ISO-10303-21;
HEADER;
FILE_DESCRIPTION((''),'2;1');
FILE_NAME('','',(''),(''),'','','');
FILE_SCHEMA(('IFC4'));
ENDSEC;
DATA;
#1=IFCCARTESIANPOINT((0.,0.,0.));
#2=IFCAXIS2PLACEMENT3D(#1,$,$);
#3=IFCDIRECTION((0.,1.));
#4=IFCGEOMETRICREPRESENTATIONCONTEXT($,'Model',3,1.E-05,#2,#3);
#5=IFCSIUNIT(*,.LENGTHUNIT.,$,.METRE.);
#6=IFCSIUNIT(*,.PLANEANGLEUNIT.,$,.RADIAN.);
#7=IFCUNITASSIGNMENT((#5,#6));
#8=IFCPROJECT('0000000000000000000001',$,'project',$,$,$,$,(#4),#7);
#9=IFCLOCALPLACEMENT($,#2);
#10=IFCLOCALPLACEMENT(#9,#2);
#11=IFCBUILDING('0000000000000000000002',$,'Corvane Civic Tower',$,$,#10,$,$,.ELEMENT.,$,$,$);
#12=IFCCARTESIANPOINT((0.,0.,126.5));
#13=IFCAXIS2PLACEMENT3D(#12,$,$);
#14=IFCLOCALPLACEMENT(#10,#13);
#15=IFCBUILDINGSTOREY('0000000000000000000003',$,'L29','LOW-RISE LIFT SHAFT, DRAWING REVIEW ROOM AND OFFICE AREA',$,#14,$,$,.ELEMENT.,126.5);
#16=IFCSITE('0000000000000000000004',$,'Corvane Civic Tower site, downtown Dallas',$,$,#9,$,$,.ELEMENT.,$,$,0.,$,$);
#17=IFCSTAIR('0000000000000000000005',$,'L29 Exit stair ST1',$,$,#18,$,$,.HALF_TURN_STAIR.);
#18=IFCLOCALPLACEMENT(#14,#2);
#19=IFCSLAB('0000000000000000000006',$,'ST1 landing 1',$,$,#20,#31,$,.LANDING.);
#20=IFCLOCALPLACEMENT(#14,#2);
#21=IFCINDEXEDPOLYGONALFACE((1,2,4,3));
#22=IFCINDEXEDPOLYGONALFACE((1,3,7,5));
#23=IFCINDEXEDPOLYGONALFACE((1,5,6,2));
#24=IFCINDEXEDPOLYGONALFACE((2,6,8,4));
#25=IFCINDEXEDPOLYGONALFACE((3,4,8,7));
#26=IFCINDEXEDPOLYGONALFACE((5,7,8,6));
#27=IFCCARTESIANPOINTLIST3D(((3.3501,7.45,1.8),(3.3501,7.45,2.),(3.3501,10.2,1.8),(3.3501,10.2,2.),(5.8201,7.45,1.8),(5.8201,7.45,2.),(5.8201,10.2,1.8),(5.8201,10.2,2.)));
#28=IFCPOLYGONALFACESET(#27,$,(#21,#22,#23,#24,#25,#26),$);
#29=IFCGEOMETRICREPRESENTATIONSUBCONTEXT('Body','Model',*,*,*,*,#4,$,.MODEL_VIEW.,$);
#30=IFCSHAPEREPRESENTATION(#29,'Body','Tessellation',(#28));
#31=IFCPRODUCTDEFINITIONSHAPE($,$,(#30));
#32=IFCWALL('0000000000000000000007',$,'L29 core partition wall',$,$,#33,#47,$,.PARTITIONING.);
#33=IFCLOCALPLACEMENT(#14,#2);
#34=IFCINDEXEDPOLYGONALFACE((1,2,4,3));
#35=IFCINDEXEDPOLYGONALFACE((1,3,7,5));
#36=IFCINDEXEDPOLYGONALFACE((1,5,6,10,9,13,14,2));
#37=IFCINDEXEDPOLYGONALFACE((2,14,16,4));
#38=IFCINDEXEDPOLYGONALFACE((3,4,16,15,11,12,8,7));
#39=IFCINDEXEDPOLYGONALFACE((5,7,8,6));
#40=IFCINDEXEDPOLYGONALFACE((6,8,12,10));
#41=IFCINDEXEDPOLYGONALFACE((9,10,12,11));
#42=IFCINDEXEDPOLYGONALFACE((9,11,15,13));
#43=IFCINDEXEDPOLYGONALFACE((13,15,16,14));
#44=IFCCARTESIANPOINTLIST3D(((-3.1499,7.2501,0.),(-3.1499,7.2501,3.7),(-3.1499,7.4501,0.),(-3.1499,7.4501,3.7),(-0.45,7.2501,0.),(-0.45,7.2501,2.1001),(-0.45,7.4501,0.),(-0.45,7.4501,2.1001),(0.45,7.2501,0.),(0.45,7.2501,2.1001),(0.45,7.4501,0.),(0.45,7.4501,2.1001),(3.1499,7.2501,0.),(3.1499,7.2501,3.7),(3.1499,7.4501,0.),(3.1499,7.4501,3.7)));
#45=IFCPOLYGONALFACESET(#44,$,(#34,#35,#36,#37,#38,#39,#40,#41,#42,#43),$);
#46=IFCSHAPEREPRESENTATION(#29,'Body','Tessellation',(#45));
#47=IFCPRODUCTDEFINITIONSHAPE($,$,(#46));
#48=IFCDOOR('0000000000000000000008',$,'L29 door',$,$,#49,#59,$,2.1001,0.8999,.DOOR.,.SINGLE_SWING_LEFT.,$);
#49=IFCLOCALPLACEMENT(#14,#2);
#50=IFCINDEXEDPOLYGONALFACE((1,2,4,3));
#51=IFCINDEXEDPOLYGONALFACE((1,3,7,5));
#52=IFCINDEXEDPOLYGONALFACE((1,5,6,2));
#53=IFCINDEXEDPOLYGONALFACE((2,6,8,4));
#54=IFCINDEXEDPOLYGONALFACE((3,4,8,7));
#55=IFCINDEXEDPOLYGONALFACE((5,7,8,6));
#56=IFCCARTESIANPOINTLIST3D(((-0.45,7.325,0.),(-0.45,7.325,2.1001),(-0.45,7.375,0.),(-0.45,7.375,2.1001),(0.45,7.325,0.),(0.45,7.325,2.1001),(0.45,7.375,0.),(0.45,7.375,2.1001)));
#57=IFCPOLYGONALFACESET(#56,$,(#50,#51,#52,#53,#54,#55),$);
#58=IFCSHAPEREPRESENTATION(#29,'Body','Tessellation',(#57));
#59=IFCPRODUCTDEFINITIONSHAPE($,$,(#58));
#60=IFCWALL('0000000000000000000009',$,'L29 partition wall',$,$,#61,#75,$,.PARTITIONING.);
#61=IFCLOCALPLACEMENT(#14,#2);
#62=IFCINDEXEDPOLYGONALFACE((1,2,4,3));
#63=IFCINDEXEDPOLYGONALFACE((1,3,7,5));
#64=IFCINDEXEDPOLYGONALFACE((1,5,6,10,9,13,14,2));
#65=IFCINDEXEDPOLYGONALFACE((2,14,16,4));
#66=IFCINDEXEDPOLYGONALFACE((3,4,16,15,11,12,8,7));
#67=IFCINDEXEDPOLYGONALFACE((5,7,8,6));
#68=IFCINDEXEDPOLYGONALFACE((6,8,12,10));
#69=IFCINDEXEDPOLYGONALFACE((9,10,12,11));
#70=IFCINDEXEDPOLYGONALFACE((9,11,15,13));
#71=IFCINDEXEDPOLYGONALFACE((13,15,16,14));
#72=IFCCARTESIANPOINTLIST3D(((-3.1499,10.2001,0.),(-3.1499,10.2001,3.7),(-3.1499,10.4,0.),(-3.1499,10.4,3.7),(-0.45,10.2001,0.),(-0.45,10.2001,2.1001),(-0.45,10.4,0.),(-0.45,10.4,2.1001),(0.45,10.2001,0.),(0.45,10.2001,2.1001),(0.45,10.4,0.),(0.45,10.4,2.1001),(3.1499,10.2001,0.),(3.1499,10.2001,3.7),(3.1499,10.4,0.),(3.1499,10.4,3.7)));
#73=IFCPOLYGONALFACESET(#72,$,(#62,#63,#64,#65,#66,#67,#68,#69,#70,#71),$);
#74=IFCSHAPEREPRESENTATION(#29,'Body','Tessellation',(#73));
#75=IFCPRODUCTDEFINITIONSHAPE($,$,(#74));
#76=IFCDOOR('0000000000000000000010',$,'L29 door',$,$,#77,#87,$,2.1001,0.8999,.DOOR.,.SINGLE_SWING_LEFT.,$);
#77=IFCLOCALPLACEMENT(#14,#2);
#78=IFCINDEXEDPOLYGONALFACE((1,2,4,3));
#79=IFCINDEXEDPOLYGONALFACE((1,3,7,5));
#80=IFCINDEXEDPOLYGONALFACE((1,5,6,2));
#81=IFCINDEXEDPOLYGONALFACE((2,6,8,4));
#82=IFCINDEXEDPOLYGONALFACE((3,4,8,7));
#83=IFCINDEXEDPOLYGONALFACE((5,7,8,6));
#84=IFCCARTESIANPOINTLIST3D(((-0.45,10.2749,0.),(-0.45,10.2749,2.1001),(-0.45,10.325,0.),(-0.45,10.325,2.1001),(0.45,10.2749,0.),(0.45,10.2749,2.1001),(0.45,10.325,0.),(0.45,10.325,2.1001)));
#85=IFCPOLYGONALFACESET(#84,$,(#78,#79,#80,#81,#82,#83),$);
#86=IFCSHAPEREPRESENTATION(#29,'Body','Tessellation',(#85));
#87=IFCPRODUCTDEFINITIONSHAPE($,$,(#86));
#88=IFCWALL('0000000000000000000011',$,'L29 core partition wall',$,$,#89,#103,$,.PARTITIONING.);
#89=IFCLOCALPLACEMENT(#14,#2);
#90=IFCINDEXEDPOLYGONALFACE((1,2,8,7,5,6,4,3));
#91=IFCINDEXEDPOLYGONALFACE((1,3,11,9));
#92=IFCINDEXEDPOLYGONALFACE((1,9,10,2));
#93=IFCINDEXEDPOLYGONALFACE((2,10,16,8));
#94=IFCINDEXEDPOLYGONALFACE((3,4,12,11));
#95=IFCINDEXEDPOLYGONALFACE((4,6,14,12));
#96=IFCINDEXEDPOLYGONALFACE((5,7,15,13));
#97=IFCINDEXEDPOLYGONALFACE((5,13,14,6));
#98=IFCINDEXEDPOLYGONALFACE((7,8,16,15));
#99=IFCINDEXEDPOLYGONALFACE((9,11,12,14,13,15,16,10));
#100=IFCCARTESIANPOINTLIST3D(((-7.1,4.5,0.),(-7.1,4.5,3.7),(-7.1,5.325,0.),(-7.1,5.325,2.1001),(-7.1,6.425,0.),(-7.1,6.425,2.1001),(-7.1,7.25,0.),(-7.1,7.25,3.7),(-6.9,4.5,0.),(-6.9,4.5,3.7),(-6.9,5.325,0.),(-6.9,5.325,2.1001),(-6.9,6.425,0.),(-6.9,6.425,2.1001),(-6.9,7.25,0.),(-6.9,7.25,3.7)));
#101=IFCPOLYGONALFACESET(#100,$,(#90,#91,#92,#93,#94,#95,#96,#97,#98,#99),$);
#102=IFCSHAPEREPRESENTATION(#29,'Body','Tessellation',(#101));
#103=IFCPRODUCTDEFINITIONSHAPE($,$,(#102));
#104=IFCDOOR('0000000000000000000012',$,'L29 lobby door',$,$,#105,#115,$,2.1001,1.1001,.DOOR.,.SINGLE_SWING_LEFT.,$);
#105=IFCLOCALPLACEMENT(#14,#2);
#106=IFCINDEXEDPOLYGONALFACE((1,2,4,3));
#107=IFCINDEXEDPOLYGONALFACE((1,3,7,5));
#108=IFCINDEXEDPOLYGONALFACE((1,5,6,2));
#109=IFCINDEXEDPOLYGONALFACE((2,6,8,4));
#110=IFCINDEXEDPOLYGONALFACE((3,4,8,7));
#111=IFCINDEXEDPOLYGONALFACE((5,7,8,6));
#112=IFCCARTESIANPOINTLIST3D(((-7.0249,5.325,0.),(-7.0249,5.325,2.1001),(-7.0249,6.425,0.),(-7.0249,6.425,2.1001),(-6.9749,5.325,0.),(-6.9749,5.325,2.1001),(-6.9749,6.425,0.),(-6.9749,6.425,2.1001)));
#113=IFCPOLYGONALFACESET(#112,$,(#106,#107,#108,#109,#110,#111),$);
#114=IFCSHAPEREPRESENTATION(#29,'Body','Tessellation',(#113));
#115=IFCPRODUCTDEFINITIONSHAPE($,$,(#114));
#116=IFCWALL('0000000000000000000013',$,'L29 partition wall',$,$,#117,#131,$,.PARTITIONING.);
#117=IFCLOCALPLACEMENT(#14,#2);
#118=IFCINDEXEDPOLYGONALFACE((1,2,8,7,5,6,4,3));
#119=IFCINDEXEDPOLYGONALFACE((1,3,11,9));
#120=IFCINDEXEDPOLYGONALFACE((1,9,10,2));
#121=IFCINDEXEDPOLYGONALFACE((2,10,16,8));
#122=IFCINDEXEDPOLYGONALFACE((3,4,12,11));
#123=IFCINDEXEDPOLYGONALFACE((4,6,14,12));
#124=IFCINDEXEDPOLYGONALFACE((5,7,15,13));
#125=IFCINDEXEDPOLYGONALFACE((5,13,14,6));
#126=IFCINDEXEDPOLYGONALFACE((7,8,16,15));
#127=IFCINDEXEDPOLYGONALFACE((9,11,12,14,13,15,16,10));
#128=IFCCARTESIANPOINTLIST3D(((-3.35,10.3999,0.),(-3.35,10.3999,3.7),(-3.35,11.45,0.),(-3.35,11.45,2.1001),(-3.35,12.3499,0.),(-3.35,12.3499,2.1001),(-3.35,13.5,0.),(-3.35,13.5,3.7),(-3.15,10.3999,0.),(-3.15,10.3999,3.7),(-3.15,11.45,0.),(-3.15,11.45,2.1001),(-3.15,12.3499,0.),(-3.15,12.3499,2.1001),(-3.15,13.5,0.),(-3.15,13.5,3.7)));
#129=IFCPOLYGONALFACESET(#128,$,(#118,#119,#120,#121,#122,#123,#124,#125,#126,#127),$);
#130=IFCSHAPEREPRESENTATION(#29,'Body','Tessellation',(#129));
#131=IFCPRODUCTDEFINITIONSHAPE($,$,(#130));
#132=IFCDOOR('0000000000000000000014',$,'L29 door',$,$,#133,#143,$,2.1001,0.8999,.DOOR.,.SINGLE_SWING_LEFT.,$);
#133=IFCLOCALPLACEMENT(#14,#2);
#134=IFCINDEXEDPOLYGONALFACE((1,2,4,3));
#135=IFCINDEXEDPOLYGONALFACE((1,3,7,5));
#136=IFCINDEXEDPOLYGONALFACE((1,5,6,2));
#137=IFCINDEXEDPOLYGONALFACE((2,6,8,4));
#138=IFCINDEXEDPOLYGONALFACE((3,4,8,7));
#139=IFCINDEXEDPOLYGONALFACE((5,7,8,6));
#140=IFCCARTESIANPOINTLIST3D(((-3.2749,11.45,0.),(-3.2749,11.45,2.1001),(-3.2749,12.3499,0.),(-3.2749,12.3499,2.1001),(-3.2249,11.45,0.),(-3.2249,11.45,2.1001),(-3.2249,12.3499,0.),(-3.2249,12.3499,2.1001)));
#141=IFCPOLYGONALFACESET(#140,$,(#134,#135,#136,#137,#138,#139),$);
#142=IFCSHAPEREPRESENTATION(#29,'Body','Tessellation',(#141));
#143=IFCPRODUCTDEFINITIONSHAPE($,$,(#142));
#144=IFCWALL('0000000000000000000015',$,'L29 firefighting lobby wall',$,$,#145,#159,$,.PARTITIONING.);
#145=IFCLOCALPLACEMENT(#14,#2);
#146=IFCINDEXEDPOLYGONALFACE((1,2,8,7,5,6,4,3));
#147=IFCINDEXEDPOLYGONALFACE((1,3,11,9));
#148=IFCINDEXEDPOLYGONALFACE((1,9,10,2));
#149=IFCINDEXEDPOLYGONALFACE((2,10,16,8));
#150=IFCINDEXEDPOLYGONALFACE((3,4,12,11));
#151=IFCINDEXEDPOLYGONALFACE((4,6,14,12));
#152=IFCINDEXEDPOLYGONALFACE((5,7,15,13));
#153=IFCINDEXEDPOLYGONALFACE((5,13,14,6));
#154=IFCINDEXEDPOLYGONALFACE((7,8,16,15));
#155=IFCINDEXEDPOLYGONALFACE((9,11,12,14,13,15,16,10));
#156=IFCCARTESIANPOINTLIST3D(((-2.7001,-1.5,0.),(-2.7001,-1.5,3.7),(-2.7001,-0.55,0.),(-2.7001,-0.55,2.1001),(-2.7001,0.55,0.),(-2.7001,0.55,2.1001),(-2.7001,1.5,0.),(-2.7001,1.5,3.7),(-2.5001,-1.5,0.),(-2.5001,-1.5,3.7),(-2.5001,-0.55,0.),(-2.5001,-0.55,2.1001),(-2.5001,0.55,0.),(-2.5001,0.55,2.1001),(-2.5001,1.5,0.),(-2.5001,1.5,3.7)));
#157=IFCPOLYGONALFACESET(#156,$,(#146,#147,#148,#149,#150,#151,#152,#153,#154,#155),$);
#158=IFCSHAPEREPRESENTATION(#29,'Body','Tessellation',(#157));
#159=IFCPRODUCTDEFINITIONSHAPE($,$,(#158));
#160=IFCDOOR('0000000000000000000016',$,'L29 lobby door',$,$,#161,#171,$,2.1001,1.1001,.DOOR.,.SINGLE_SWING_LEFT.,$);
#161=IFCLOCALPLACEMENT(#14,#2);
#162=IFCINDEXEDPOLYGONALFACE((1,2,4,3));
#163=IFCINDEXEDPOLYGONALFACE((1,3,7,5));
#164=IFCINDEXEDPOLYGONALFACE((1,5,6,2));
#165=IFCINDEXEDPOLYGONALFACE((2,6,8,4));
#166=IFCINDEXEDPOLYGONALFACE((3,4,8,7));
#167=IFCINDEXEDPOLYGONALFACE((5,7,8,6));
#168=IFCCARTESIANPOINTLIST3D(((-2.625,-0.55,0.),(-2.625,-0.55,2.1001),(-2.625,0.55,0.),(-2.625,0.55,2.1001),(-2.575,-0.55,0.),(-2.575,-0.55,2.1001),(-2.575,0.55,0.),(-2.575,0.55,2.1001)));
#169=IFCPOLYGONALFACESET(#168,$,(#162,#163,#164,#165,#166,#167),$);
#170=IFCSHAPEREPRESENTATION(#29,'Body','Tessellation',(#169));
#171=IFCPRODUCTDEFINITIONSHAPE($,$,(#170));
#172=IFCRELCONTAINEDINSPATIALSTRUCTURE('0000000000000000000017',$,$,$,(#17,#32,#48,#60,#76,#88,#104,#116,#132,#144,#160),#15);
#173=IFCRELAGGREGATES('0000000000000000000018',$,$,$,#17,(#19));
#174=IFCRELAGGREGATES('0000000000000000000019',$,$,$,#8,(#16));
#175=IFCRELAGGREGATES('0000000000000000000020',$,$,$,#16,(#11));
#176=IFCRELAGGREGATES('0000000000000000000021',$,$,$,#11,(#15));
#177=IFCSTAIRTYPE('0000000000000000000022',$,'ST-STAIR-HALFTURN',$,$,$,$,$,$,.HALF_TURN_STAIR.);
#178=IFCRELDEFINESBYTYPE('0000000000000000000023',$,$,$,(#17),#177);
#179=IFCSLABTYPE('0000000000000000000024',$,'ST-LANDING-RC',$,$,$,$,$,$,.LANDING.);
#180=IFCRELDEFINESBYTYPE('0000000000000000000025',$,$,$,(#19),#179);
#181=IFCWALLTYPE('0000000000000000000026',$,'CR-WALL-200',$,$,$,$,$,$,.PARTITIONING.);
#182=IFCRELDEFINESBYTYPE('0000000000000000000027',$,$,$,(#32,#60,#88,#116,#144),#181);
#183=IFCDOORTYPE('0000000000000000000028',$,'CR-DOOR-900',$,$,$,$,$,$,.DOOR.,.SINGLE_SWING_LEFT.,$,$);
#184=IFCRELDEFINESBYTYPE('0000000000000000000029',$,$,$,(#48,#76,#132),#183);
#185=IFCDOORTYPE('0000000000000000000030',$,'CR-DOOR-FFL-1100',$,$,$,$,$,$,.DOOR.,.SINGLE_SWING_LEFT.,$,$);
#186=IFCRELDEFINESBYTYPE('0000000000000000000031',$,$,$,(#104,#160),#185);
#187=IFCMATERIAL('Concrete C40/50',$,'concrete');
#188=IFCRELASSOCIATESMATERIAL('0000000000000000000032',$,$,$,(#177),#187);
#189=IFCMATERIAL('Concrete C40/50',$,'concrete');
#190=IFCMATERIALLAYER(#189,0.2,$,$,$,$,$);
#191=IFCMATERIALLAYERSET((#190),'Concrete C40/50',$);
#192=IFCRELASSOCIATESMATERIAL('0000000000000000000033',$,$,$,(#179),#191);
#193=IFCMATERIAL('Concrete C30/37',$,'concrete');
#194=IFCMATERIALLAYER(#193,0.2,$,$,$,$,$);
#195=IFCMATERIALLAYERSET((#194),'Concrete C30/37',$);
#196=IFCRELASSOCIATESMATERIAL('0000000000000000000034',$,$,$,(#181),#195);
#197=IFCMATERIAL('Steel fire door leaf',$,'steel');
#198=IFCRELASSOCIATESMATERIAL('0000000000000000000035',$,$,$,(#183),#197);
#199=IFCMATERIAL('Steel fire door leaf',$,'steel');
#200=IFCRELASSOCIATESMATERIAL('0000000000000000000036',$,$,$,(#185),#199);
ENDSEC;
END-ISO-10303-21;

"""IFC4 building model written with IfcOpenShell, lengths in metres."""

from ifc_helpers import new_model, si_unit, direction, frame, frame_2d, origin, place, context, subcontext, project, spatial, polyline, rectangle, outline, extrude, material, layer, layer_set, type_object, element, fill, aggregate, save


model = new_model("IFC4")

# Units and contexts
model_context = context("Model", 3, precision=1e-05, world=origin(), true_north=direction((0.0, 1.0)))
body_context = subcontext(model_context, "Body", "Model", "MODEL_VIEW")
ifc_project = project(units=[si_unit("LENGTHUNIT", "METRE"), si_unit("PLANEANGLEUNIT", "RADIAN")], contexts=[model_context])

# Site, building, storey
site_placement = place(None, origin())
site = spatial("IfcSite", under=ifc_project, at=site_placement, Name="Corvane Civic Tower site, downtown Dallas", CompositionType="ELEMENT", RefElevation=0.0)
building_placement = place(site_placement, origin())
building = spatial("IfcBuilding", under=site, at=building_placement, Name="Corvane Civic Tower", CompositionType="ELEMENT")
storey_placement = place(building_placement, frame((0.0, 0.0, 126.5)))
storey = spatial("IfcBuildingStorey", under=building, at=storey_placement, Name="L29", Description="LOW-RISE LIFT SHAFT, DRAWING REVIEW ROOM AND OFFICE AREA", CompositionType="ELEMENT", Elevation=126.5)

# Stair, slab
ifc_material_1 = material(Name="Concrete C40/50", Category="concrete")
stair_type = type_object("IfcStairType", Name="ST-STAIR-HALFTURN", PredefinedType="HALF_TURN_STAIR", material=ifc_material_1)
stair_1_placement = place(storey_placement, origin())
stair_1 = element("IfcStair", 1, at=stair_1_placement, inside=storey, type_object=stair_type, Name="L29 Exit stair ST1", PredefinedType="HALF_TURN_STAIR")
ifc_material_2 = material(Name="Concrete C40/50", Category="concrete")
ifc_layer_1 = layer(ifc_material_2, 0.2)
ifc_layer_set_1 = layer_set([ifc_layer_1], Name="Concrete C40/50")
slab_type_1 = type_object("IfcSlabType", Name="ST-LANDING-RC", PredefinedType="LANDING", material=ifc_layer_set_1)
slab_1_placement = place(storey_placement, frame((0.0, 0.0, 1.8)))
slab_1 = element("IfcSlab", 2, at=slab_1_placement, type_object=slab_type_1, Name="ST1 landing 1", PredefinedType="LANDING", context=body_context, shape_type="SweptSolid", body=[
    extrude(outline(polyline([(5.8201, 10.2), (3.3501, 10.2), (3.3501, 7.45), (5.8201, 7.45), (5.8201, 10.2)])), origin(), (0.0, 0.0, 1.0), 0.2),
])
aggregate(stair_1, [slab_1])

# Walls, openings, doors
ifc_material_3 = material(Name="Concrete C30/37", Category="concrete")
ifc_layer_2 = layer(ifc_material_3, 0.2)
ifc_layer_set_2 = layer_set([ifc_layer_2], Name="Concrete C30/37")
wall_type = type_object("IfcWallType", Name="CR-WALL-200", PredefinedType="PARTITIONING", material=ifc_layer_set_2)
wall_1_placement = place(storey_placement, frame((-3.1499, 7.3501, 0.0), z_axis=(0.0, 0.0, 1.0), x_axis=(1.0, 0.0, 0.0)))
wall_1 = element("IfcWall", 3, at=wall_1_placement, inside=storey, type_object=wall_type, Name="L29 core partition wall", PredefinedType="PARTITIONING", context=body_context, shape_type="SweptSolid", body=[
    extrude(rectangle(XDim=6.2998, YDim=0.2, at=frame_2d((3.1499, 0.0))), origin(), (0.0, 0.0, 1.0), 3.7),
])
opening_1_placement = place(wall_1_placement, frame((2.7, 0.0, 0.0)))
opening_1 = element("IfcOpeningElement", 4, at=opening_1_placement, cuts=wall_1, PredefinedType="OPENING", context=body_context, shape_type="SweptSolid", body=[
    extrude(rectangle(XDim=0.8999, YDim=2.1001, at=frame_2d((0.45, 1.05))), frame((0.0, 0.1099, 0.0), z_axis=(0.0, -1.0, 0.0), x_axis=(1.0, 0.0, 0.0)), (0.0, 0.0, 1.0), 0.22),
])
ifc_material_4 = material(Name="Steel fire door leaf", Category="steel")
door_type_1 = type_object("IfcDoorType", Name="CR-DOOR-900", OperationType="SINGLE_SWING_LEFT", PredefinedType="DOOR", material=ifc_material_4)
door_1_placement = place(opening_1_placement, origin())
door_1 = element("IfcDoor", 5, at=door_1_placement, inside=storey, type_object=door_type_1, Name="L29 door", OperationType="SINGLE_SWING_LEFT", OverallHeight=2.1001, OverallWidth=0.8999, PredefinedType="DOOR", context=body_context, shape_type="SweptSolid", body=[
    extrude(rectangle(XDim=0.8999, YDim=2.1001, at=frame_2d((0.45, 1.05))), frame((0.0, 0.0249, 0.0), z_axis=(0.0, -1.0, 0.0), x_axis=(1.0, 0.0, 0.0)), (0.0, 0.0, 1.0), 0.05),
])
fill(opening_1, door_1)
wall_2_placement = place(storey_placement, frame((-3.1499, 10.3, 0.0), z_axis=(0.0, 0.0, 1.0), x_axis=(1.0, 0.0, 0.0)))
wall_2 = element("IfcWall", 6, at=wall_2_placement, inside=storey, type_object=wall_type, Name="L29 partition wall", PredefinedType="PARTITIONING", context=body_context, shape_type="SweptSolid", body=[
    extrude(rectangle(XDim=6.2998, YDim=0.2, at=frame_2d((3.1499, 0.0))), origin(), (0.0, 0.0, 1.0), 3.7),
])
opening_2_placement = place(wall_2_placement, frame((2.7, 0.0, 0.0)))
opening_2 = element("IfcOpeningElement", 7, at=opening_2_placement, cuts=wall_2, PredefinedType="OPENING", context=body_context, shape_type="SweptSolid", body=[
    extrude(rectangle(XDim=0.8999, YDim=2.1001, at=frame_2d((0.45, 1.05))), frame((0.0, 0.1099, 0.0), z_axis=(0.0, -1.0, 0.0), x_axis=(1.0, 0.0, 0.0)), (0.0, 0.0, 1.0), 0.22),
])
door_2_placement = place(opening_2_placement, origin())
door_2 = element("IfcDoor", 8, at=door_2_placement, inside=storey, type_object=door_type_1, Name="L29 door", OperationType="SINGLE_SWING_LEFT", OverallHeight=2.1001, OverallWidth=0.8999, PredefinedType="DOOR", context=body_context, shape_type="SweptSolid", body=[
    extrude(rectangle(XDim=0.8999, YDim=2.1001, at=frame_2d((0.45, 1.05))), frame((0.0, 0.0249, 0.0), z_axis=(0.0, -1.0, 0.0), x_axis=(1.0, 0.0, 0.0)), (0.0, 0.0, 1.0), 0.05),
])
fill(opening_2, door_2)
wall_3_placement = place(storey_placement, frame((-7.0, 4.5, 0.0), z_axis=(0.0, 0.0, 1.0), x_axis=(0.0, 1.0, 0.0)))
wall_3 = element("IfcWall", 9, at=wall_3_placement, inside=storey, type_object=wall_type, Name="L29 core partition wall", PredefinedType="PARTITIONING", context=body_context, shape_type="SweptSolid", body=[
    extrude(rectangle(XDim=2.75, YDim=0.2, at=frame_2d((1.375, 0.0))), origin(), (0.0, 0.0, 1.0), 3.7),
])
opening_3_placement = place(wall_3_placement, frame((0.825, 0.0, 0.0)))
opening_3 = element("IfcOpeningElement", 10, at=opening_3_placement, cuts=wall_3, PredefinedType="OPENING", context=body_context, shape_type="SweptSolid", body=[
    extrude(rectangle(XDim=1.1001, YDim=2.1001, at=frame_2d((0.55, 1.05))), frame((0.0, 0.1099, 0.0), z_axis=(0.0, -1.0, 0.0), x_axis=(1.0, 0.0, 0.0)), (0.0, 0.0, 1.0), 0.22),
])
ifc_material_5 = material(Name="Steel fire door leaf", Category="steel")
door_type_2 = type_object("IfcDoorType", Name="CR-DOOR-FFL-1100", OperationType="SINGLE_SWING_LEFT", PredefinedType="DOOR", material=ifc_material_5)
door_3_placement = place(opening_3_placement, origin())
door_3 = element("IfcDoor", 11, at=door_3_placement, inside=storey, type_object=door_type_2, Name="L29 lobby door", OperationType="SINGLE_SWING_LEFT", OverallHeight=2.1001, OverallWidth=1.1001, PredefinedType="DOOR", context=body_context, shape_type="SweptSolid", body=[
    extrude(rectangle(XDim=1.1001, YDim=2.1001, at=frame_2d((0.55, 1.05))), frame((0.0, 0.0249, 0.0), z_axis=(0.0, -1.0, 0.0), x_axis=(1.0, 0.0, 0.0)), (0.0, 0.0, 1.0), 0.05),
])
fill(opening_3, door_3)
wall_4_placement = place(storey_placement, frame((-3.25, 10.3999, 0.0), z_axis=(0.0, 0.0, 1.0), x_axis=(0.0, 1.0, 0.0)))
wall_4 = element("IfcWall", 12, at=wall_4_placement, inside=storey, type_object=wall_type, Name="L29 partition wall", PredefinedType="PARTITIONING", context=body_context, shape_type="SweptSolid", body=[
    extrude(rectangle(XDim=3.1001, YDim=0.2, at=frame_2d((1.55, 0.0))), origin(), (0.0, 0.0, 1.0), 3.7),
])
opening_4_placement = place(wall_4_placement, frame((1.05, 0.0, 0.0)))
opening_4 = element("IfcOpeningElement", 13, at=opening_4_placement, cuts=wall_4, PredefinedType="OPENING", context=body_context, shape_type="SweptSolid", body=[
    extrude(rectangle(XDim=0.8999, YDim=2.1001, at=frame_2d((0.45, 1.05))), frame((0.0, 0.1099, 0.0), z_axis=(0.0, -1.0, 0.0), x_axis=(1.0, 0.0, 0.0)), (0.0, 0.0, 1.0), 0.22),
])
door_4_placement = place(opening_4_placement, origin())
door_4 = element("IfcDoor", 14, at=door_4_placement, inside=storey, type_object=door_type_1, Name="L29 door", OperationType="SINGLE_SWING_LEFT", OverallHeight=2.1001, OverallWidth=0.8999, PredefinedType="DOOR", context=body_context, shape_type="SweptSolid", body=[
    extrude(rectangle(XDim=0.8999, YDim=2.1001, at=frame_2d((0.45, 1.05))), frame((0.0, 0.0249, 0.0), z_axis=(0.0, -1.0, 0.0), x_axis=(1.0, 0.0, 0.0)), (0.0, 0.0, 1.0), 0.05),
])
fill(opening_4, door_4)
wall_5_placement = place(storey_placement, frame((-2.6001, -1.5, 0.0), z_axis=(0.0, 0.0, 1.0), x_axis=(0.0, 1.0, 0.0)))
wall_5 = element("IfcWall", 15, at=wall_5_placement, inside=storey, type_object=wall_type, Name="L29 firefighting lobby wall", PredefinedType="PARTITIONING", context=body_context, shape_type="SweptSolid", body=[
    extrude(rectangle(XDim=3.0, YDim=0.2, at=frame_2d((1.5, 0.0))), origin(), (0.0, 0.0, 1.0), 3.7),
])
opening_5_placement = place(wall_5_placement, frame((0.95, 0.0, 0.0)))
opening_5 = element("IfcOpeningElement", 16, at=opening_5_placement, cuts=wall_5, PredefinedType="OPENING", context=body_context, shape_type="SweptSolid", body=[
    extrude(rectangle(XDim=1.1001, YDim=2.1001, at=frame_2d((0.55, 1.05))), frame((0.0, 0.1099, 0.0), z_axis=(0.0, -1.0, 0.0), x_axis=(1.0, 0.0, 0.0)), (0.0, 0.0, 1.0), 0.22),
])
door_5_placement = place(opening_5_placement, origin())
door_5 = element("IfcDoor", 17, at=door_5_placement, inside=storey, type_object=door_type_2, Name="L29 lobby door", OperationType="SINGLE_SWING_LEFT", OverallHeight=2.1001, OverallWidth=1.1001, PredefinedType="DOOR", context=body_context, shape_type="SweptSolid", body=[
    extrude(rectangle(XDim=1.1001, YDim=2.1001, at=frame_2d((0.55, 1.05))), frame((0.0, 0.0249, 0.0), z_axis=(0.0, -1.0, 0.0), x_axis=(1.0, 0.0, 0.0)), (0.0, 0.0, 1.0), 0.05),
])
fill(opening_5, door_5)

save(model, "model.ifc")
